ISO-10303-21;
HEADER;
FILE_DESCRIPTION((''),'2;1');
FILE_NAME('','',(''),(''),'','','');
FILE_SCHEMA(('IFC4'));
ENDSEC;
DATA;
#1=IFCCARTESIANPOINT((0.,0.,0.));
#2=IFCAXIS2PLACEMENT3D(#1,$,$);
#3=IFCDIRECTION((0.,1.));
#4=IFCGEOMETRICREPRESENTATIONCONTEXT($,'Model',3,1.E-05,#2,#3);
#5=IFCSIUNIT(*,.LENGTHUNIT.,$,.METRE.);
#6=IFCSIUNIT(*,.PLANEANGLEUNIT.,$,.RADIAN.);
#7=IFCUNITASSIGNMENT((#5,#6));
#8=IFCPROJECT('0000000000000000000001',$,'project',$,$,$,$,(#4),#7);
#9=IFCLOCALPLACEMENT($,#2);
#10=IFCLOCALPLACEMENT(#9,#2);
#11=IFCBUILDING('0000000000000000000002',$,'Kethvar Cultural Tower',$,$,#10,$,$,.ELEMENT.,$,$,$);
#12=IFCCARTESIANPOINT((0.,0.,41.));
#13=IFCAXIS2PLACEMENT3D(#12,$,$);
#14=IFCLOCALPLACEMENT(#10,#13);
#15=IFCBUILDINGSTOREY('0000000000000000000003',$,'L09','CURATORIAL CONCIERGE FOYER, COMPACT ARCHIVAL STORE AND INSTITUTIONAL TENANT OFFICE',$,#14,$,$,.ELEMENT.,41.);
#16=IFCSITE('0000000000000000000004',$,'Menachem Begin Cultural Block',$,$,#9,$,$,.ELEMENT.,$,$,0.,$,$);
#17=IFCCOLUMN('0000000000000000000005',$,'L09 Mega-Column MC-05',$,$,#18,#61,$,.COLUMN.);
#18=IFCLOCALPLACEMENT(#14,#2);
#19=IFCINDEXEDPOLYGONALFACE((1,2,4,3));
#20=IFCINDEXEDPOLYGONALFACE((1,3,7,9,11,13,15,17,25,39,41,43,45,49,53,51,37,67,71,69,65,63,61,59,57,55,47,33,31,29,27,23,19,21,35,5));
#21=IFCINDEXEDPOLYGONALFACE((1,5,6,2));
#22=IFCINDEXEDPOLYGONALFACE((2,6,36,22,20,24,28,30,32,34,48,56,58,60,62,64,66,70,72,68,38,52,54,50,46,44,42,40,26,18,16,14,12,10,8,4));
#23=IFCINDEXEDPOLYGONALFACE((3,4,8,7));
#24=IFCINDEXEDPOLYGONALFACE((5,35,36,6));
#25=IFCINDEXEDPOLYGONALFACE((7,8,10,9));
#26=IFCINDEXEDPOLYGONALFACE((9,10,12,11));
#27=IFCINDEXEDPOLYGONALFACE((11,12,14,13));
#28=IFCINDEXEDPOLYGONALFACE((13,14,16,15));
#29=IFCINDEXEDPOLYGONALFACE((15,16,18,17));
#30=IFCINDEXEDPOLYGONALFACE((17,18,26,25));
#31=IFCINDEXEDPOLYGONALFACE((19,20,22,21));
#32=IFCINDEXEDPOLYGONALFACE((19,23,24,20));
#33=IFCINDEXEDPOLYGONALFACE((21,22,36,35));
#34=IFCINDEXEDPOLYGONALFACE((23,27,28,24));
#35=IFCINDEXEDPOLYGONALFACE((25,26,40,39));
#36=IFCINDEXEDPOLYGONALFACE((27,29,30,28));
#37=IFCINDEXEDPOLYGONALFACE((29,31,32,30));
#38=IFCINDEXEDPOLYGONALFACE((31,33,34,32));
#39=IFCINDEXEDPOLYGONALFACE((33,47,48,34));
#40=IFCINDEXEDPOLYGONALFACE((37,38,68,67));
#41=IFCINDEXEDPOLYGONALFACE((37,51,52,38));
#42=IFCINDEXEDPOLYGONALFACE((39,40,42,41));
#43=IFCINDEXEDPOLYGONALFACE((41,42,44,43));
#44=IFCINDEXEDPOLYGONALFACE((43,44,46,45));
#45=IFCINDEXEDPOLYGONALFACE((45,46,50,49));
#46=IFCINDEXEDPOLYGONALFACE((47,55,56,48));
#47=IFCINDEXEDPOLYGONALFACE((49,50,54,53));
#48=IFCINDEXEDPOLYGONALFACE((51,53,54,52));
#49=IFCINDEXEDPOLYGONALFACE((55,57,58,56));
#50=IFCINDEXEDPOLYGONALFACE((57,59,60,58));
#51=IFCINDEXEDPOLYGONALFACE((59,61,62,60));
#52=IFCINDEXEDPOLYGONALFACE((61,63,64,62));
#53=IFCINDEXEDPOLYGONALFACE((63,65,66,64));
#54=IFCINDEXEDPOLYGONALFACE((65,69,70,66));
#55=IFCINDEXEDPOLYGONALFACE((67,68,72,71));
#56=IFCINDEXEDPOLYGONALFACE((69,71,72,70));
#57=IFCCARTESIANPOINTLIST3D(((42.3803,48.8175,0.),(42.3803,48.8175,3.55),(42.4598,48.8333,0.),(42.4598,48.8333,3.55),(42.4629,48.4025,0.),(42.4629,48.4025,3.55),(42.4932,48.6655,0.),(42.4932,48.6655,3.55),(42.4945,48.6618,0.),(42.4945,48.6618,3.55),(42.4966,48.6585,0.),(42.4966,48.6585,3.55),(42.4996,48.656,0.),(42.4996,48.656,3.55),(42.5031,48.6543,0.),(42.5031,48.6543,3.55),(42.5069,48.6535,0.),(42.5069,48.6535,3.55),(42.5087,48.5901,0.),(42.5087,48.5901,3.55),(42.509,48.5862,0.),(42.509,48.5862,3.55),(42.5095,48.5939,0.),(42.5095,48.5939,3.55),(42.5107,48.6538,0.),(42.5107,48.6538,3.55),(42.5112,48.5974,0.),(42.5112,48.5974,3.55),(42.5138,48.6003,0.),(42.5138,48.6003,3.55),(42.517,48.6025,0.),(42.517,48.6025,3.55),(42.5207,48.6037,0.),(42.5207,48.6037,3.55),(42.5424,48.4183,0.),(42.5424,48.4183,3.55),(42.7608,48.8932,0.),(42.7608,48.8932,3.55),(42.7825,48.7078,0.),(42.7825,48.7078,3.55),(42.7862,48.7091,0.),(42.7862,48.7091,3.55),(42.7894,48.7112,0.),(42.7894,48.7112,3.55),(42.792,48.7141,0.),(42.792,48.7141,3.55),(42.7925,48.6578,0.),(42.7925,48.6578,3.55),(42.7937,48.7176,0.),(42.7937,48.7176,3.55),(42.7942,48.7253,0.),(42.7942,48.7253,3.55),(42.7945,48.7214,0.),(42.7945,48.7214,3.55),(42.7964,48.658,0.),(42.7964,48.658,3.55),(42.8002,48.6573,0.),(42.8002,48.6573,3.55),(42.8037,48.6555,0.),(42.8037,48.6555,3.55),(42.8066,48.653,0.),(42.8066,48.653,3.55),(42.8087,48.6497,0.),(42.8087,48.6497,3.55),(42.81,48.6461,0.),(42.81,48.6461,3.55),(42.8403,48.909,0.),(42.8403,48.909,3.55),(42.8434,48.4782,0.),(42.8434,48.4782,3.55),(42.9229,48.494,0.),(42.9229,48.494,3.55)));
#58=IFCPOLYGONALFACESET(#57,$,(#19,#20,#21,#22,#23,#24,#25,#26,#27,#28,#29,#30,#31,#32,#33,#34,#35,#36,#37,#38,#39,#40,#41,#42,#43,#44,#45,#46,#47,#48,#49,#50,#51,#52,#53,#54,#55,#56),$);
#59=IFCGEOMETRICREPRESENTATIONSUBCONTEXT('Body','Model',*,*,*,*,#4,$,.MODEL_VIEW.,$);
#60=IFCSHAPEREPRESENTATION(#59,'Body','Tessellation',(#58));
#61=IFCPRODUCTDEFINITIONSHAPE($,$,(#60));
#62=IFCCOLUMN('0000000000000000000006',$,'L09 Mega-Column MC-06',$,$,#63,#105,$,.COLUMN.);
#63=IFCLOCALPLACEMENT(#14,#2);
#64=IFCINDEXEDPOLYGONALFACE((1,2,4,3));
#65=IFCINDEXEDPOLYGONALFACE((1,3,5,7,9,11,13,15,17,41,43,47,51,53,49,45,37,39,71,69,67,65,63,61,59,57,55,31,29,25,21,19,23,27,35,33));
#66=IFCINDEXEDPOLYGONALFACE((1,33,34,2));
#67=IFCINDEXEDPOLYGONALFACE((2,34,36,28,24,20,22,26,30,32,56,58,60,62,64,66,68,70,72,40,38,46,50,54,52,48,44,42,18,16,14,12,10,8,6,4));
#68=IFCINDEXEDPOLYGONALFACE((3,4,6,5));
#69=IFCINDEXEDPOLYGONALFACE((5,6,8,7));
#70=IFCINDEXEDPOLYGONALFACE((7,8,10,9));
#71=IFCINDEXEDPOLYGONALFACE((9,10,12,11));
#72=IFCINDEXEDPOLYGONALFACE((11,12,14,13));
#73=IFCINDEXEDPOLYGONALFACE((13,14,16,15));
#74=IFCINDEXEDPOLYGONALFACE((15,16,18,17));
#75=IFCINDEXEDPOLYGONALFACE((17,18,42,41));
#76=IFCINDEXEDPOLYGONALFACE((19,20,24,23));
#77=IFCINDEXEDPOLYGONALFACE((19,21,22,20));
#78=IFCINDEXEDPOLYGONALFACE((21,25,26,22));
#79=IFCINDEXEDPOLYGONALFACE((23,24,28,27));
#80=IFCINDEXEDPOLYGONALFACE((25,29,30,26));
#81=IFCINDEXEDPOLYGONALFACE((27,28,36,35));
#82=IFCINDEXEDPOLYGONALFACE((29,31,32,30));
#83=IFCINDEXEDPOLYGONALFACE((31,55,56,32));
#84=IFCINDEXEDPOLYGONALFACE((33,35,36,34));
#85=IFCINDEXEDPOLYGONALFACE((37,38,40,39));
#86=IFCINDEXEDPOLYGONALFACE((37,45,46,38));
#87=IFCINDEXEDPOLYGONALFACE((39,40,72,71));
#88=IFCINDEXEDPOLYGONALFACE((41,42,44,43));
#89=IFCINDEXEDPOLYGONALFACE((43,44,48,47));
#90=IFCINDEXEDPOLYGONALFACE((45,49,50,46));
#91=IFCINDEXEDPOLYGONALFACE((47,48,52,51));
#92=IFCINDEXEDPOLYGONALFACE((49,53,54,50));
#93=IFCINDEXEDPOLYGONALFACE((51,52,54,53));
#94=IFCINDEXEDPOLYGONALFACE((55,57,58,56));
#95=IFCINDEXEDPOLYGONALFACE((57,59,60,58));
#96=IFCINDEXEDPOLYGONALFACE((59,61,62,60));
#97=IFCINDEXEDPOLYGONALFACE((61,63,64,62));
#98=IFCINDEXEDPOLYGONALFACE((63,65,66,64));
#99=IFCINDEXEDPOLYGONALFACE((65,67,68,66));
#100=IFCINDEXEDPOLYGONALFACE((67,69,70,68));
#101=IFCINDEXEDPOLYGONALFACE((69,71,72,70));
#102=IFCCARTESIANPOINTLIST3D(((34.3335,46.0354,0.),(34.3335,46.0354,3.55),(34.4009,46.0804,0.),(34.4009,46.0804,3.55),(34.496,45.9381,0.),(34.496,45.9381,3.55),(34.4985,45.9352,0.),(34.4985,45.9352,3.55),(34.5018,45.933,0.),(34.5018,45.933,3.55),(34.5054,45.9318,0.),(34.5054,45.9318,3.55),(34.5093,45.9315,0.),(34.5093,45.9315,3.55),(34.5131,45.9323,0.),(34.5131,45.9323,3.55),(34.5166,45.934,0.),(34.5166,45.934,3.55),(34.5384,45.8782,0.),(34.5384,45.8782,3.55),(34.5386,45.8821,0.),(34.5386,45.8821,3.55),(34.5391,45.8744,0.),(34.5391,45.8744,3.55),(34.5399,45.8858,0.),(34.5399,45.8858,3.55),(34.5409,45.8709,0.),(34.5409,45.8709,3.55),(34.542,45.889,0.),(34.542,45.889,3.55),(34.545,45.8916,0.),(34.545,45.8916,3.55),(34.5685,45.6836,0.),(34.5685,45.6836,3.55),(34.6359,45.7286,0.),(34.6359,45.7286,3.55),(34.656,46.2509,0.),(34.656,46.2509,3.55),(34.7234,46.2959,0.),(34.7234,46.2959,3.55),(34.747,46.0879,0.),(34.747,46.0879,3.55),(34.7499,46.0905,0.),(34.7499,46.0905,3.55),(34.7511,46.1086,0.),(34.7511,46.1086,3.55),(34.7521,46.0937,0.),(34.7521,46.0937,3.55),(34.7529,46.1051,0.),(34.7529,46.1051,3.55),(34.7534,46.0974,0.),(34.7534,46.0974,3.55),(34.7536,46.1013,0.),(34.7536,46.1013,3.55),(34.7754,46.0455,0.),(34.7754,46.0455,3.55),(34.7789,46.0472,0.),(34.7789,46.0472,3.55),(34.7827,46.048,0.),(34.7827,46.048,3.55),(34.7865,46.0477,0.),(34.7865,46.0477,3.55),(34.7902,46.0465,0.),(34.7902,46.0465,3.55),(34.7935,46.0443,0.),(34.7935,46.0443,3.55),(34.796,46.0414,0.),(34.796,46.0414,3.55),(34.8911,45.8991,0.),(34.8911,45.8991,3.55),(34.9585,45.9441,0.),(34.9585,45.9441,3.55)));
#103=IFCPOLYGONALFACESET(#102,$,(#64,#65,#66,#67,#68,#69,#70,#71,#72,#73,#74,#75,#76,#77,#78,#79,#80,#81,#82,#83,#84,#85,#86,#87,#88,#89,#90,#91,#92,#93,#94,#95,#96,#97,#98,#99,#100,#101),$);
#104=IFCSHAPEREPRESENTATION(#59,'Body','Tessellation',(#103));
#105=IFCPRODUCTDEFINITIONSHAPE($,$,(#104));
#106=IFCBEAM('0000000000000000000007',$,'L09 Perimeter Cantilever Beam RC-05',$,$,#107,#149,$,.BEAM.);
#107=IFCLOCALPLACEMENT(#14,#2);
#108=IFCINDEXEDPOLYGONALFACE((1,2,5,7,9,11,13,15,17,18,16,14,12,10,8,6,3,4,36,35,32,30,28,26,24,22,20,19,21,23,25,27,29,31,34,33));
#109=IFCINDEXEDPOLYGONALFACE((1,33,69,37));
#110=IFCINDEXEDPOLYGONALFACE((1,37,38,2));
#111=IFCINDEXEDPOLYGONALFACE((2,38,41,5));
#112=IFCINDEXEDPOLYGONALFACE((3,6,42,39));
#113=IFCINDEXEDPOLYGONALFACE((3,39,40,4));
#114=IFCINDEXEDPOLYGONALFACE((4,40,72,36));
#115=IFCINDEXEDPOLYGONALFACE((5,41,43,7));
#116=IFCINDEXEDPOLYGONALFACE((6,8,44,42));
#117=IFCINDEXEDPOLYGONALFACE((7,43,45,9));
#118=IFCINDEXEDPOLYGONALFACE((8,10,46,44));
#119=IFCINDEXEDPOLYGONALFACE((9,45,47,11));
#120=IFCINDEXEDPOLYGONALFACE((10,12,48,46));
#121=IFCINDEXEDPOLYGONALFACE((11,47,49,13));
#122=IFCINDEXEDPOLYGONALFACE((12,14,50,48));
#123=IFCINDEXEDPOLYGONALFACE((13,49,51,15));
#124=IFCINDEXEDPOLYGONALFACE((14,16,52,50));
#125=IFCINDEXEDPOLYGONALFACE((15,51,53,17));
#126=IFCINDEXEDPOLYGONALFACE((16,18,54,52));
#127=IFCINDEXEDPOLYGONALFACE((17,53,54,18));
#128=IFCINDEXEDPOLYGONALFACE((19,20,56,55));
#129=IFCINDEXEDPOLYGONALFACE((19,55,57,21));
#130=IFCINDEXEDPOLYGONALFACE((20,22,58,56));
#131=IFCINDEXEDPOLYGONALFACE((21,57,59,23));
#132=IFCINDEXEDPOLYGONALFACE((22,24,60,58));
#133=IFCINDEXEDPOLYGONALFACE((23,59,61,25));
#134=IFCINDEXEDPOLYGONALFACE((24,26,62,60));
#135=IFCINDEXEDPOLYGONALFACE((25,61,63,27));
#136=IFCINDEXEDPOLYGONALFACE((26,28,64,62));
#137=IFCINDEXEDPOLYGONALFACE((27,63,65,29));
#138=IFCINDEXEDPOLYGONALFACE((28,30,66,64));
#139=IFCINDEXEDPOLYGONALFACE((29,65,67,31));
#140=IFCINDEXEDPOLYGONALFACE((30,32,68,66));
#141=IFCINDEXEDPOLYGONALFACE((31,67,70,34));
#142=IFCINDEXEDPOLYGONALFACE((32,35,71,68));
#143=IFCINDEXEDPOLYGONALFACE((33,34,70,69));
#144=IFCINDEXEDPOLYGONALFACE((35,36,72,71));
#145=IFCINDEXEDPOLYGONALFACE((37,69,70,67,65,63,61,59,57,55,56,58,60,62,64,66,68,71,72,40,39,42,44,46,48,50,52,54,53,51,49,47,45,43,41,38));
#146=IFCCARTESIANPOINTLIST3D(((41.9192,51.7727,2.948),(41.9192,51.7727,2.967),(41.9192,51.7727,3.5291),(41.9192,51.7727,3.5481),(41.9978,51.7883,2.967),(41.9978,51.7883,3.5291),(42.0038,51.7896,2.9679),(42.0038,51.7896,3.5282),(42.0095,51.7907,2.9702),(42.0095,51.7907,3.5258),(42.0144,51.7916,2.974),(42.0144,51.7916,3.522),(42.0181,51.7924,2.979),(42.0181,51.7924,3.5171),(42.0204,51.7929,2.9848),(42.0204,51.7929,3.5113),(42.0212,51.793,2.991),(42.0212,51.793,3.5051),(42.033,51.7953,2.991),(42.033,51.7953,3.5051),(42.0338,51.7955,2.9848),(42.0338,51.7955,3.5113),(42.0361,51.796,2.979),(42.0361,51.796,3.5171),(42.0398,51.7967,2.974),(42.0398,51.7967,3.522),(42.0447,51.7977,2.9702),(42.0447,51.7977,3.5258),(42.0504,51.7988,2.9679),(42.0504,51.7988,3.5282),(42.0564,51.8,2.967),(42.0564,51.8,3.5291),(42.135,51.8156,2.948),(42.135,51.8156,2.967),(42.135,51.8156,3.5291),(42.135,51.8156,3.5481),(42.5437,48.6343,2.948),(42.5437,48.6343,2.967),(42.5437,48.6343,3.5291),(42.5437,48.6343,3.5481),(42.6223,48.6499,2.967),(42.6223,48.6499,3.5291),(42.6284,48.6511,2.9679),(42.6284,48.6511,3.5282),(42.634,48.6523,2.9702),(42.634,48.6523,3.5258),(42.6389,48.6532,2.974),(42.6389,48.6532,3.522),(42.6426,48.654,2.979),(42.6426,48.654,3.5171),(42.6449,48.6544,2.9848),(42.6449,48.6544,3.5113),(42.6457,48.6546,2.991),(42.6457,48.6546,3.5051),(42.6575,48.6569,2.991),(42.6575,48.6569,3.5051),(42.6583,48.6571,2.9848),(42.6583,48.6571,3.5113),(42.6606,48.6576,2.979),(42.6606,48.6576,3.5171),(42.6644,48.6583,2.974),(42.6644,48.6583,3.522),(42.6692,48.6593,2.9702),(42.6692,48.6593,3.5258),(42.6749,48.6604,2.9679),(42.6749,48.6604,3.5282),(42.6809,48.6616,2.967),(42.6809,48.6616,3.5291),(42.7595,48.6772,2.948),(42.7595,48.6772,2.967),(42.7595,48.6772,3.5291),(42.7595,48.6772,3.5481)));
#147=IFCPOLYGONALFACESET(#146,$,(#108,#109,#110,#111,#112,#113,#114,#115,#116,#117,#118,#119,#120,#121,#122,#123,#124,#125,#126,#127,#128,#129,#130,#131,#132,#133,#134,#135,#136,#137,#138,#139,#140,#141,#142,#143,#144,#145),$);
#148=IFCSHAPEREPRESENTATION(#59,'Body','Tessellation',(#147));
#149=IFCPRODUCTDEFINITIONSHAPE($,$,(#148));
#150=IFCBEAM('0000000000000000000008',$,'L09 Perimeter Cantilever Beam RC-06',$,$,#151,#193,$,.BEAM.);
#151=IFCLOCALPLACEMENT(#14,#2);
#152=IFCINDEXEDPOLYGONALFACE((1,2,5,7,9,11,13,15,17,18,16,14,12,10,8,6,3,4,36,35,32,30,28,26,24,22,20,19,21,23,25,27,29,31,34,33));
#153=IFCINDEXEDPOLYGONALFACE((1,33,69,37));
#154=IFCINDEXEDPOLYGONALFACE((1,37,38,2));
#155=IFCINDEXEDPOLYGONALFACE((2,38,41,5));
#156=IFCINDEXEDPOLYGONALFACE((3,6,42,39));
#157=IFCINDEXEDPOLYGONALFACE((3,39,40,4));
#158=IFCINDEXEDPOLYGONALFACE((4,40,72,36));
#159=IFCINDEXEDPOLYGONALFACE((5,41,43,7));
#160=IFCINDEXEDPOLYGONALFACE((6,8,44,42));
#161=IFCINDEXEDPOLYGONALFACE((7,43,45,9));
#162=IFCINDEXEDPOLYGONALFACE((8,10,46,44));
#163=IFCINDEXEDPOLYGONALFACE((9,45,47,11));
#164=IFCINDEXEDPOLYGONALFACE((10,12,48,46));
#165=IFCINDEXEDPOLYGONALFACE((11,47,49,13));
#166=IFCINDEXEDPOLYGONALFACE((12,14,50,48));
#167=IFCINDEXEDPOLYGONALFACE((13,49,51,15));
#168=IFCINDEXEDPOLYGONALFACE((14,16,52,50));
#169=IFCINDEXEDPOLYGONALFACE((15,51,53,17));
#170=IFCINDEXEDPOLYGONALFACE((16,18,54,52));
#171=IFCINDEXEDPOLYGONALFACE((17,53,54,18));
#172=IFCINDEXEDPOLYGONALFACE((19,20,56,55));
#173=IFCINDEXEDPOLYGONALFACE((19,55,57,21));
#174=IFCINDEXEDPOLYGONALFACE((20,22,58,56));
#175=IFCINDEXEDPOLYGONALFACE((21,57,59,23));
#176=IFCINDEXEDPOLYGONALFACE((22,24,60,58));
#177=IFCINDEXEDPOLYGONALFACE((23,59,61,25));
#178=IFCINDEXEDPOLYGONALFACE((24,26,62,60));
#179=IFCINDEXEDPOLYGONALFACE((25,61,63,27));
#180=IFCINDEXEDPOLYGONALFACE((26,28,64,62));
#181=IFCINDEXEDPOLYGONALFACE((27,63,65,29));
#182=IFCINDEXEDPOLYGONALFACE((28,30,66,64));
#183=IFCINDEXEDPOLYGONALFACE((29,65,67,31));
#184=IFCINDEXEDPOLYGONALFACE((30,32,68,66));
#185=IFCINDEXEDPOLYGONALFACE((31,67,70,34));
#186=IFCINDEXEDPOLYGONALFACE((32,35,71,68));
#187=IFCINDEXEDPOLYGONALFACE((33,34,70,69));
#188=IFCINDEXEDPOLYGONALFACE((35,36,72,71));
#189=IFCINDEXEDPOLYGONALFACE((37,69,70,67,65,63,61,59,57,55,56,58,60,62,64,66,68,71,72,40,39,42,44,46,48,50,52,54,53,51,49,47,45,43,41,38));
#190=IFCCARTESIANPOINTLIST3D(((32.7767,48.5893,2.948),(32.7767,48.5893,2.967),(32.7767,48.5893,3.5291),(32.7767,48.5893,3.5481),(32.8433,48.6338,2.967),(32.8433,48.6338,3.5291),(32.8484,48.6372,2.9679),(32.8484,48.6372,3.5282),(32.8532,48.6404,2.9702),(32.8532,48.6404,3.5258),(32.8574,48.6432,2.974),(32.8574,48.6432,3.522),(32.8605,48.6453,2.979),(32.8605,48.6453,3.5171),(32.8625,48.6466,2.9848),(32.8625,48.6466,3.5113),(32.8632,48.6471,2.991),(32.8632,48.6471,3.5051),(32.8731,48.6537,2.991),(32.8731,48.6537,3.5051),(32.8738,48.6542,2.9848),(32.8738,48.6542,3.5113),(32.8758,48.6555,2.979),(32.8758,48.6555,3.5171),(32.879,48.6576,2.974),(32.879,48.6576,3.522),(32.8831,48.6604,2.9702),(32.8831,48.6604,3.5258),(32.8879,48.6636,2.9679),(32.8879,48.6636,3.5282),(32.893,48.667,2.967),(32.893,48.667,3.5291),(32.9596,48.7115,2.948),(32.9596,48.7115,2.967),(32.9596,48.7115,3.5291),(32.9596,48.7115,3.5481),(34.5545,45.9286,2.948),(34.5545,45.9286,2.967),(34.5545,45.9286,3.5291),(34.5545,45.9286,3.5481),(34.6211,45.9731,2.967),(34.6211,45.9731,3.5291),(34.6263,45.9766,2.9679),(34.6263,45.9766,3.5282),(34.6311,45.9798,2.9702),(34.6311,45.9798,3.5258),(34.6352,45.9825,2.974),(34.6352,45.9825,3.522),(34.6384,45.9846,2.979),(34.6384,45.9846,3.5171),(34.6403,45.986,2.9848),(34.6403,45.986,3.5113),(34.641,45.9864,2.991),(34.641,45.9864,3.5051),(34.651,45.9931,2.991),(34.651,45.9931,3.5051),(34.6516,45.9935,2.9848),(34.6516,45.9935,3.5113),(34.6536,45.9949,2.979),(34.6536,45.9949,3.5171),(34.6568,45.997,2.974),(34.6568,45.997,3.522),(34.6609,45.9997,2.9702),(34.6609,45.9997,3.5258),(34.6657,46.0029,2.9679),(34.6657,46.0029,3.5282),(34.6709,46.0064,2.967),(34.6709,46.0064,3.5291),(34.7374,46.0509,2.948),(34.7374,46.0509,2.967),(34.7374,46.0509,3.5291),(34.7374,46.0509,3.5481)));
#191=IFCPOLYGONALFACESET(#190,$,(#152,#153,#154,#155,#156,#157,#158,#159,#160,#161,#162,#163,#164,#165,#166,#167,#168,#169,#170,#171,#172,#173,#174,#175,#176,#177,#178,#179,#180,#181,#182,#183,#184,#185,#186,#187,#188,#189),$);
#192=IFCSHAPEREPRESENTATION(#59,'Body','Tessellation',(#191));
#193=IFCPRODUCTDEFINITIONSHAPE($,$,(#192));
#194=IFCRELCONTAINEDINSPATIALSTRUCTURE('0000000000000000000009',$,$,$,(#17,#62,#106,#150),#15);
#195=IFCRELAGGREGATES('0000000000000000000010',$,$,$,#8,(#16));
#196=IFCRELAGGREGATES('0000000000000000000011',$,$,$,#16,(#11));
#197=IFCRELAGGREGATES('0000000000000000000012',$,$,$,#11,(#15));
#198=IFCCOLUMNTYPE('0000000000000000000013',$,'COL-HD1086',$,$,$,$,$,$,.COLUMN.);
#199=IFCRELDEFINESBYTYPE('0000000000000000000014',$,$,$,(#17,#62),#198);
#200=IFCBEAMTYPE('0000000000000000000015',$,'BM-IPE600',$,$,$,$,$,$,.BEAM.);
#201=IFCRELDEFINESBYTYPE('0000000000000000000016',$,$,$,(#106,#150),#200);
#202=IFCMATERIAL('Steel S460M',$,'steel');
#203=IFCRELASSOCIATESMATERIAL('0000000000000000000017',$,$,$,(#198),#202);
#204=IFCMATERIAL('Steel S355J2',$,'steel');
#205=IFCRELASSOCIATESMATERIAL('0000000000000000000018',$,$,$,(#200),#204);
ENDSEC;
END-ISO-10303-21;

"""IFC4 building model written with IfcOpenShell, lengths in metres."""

from ifc_helpers import new_model, si_unit, direction, frame, origin, origin_2d, place, context, subcontext, project, spatial, i_section, extrude, source, transform, mapped, material, material_profile, profile_set, type_object, element, save


model = new_model("IFC4")

# Units and contexts
model_context = context("Model", 3, precision=1e-05, world=origin(), true_north=direction((0.0, 1.0)))
body_context = subcontext(model_context, "Body", "Model", "MODEL_VIEW")
ifc_project = project(units=[si_unit("LENGTHUNIT", "METRE"), si_unit("PLANEANGLEUNIT", "RADIAN")], contexts=[model_context])

# Site, building, storey
site_placement = place(None, origin())
site = spatial("IfcSite", under=ifc_project, at=site_placement, Name="Menachem Begin Cultural Block", CompositionType="ELEMENT", RefElevation=0.0)
building_placement = place(site_placement, origin())
building = spatial("IfcBuilding", under=site, at=building_placement, Name="Kethvar Cultural Tower", CompositionType="ELEMENT")
storey_placement = place(building_placement, frame((0.0, 0.0, 41.0)))
storey = spatial("IfcBuildingStorey", under=building, at=storey_placement, Name="L09", Description="CURATORIAL CONCIERGE FOYER, COMPACT ARCHIVAL STORE AND INSTITUTIONAL TENANT OFFICE", CompositionType="ELEMENT", Elevation=41.0)

# Columns
ifc_material_1 = material(Name="Steel S460M", Category="steel")
ifc_material_profile_1 = material_profile(ifc_material_1, i_section(OverallWidth=0.4231, OverallDepth=0.469, WebThickness=0.051, FlangeThickness=0.0811, FilletRadius=0.0149, at=origin_2d()), Name="Steel S460M — HD400x1086")
ifc_profile_set_1 = profile_set([ifc_material_profile_1], Name="Steel S460M — HD400x1086")
column_type = type_object("IfcColumnType", Name="COL-HD1086", PredefinedType="COLUMN", material=ifc_profile_set_1)
shared_shape_1 = source(origin(), body_context, "Body", "SweptSolid", [
    extrude(i_section(OverallWidth=0.4231, OverallDepth=0.469, WebThickness=0.051, FlangeThickness=0.0811, FilletRadius=0.0149, at=origin_2d()), origin(), (0.0, 0.0, 1.0), 3.55),
])
for number, where, z_axis, x_axis, name in (
    (1, (42.6516, 48.6558, 0.0), (0.0, 0.0, 1.0), (-0.19509, 0.980785, 0.0), "L09 Mega-Column MC-05"),
    (2, (34.646, 45.9897, 0.0), (0.0, 0.0, 1.0), (-0.55557, 0.83147, 0.0), "L09 Mega-Column MC-06"),
):
    element("IfcColumn", number, at=place(storey_placement, frame(where, z_axis=z_axis, x_axis=x_axis)), inside=storey, type_object=column_type, Name=name, PredefinedType="COLUMN", context=body_context, shape_type="MappedRepresentation", body=[
        mapped(shared_shape_1, transform((0.0, 0.0, 0.0), scale=1.0)),
    ])

# Beams
ifc_material_2 = material(Name="Steel S355J2", Category="steel")
ifc_material_profile_2 = material_profile(ifc_material_2, i_section(OverallWidth=0.22, OverallDepth=0.6001, WebThickness=0.012, FlangeThickness=0.019, FilletRadius=0.0239, at=origin_2d()), Name="Steel S355J2 — IPE600")
ifc_profile_set_2 = profile_set([ifc_material_profile_2], Name="Steel S355J2 — IPE600")
beam_type_1 = type_object("IfcBeamType", Name="BM-IPE600", PredefinedType="BEAM", material=ifc_profile_set_2)
shared_shape_2 = source(origin(), body_context, "Body", "SweptSolid", [
    extrude(i_section(OverallWidth=0.22, OverallDepth=0.6001, WebThickness=0.012, FlangeThickness=0.019, FilletRadius=0.0239, at=origin_2d()), origin(), (0.0, 0.0, 1.0), 3.2),
])
for number, where, z_axis, x_axis, name in (
    (3, (42.6516, 48.6558, 3.248), (-0.195162, 0.980771, 0.0), (-0.980771, -0.195162, 0.0), "L09 Perimeter Cantilever Beam RC-05"),
    (4, (34.646, 45.9897, 3.248), (-0.55558, 0.831463, 0.0), (-0.831463, -0.55558, 0.0), "L09 Perimeter Cantilever Beam RC-06"),
):
    element("IfcBeam", number, at=place(storey_placement, frame(where, z_axis=z_axis, x_axis=x_axis)), inside=storey, type_object=beam_type_1, Name=name, PredefinedType="BEAM", context=body_context, shape_type="MappedRepresentation", body=[
        mapped(shared_shape_2, transform((0.0, 0.0, 0.0), scale=1.0)),
    ])

save(model, "model.ifc")
